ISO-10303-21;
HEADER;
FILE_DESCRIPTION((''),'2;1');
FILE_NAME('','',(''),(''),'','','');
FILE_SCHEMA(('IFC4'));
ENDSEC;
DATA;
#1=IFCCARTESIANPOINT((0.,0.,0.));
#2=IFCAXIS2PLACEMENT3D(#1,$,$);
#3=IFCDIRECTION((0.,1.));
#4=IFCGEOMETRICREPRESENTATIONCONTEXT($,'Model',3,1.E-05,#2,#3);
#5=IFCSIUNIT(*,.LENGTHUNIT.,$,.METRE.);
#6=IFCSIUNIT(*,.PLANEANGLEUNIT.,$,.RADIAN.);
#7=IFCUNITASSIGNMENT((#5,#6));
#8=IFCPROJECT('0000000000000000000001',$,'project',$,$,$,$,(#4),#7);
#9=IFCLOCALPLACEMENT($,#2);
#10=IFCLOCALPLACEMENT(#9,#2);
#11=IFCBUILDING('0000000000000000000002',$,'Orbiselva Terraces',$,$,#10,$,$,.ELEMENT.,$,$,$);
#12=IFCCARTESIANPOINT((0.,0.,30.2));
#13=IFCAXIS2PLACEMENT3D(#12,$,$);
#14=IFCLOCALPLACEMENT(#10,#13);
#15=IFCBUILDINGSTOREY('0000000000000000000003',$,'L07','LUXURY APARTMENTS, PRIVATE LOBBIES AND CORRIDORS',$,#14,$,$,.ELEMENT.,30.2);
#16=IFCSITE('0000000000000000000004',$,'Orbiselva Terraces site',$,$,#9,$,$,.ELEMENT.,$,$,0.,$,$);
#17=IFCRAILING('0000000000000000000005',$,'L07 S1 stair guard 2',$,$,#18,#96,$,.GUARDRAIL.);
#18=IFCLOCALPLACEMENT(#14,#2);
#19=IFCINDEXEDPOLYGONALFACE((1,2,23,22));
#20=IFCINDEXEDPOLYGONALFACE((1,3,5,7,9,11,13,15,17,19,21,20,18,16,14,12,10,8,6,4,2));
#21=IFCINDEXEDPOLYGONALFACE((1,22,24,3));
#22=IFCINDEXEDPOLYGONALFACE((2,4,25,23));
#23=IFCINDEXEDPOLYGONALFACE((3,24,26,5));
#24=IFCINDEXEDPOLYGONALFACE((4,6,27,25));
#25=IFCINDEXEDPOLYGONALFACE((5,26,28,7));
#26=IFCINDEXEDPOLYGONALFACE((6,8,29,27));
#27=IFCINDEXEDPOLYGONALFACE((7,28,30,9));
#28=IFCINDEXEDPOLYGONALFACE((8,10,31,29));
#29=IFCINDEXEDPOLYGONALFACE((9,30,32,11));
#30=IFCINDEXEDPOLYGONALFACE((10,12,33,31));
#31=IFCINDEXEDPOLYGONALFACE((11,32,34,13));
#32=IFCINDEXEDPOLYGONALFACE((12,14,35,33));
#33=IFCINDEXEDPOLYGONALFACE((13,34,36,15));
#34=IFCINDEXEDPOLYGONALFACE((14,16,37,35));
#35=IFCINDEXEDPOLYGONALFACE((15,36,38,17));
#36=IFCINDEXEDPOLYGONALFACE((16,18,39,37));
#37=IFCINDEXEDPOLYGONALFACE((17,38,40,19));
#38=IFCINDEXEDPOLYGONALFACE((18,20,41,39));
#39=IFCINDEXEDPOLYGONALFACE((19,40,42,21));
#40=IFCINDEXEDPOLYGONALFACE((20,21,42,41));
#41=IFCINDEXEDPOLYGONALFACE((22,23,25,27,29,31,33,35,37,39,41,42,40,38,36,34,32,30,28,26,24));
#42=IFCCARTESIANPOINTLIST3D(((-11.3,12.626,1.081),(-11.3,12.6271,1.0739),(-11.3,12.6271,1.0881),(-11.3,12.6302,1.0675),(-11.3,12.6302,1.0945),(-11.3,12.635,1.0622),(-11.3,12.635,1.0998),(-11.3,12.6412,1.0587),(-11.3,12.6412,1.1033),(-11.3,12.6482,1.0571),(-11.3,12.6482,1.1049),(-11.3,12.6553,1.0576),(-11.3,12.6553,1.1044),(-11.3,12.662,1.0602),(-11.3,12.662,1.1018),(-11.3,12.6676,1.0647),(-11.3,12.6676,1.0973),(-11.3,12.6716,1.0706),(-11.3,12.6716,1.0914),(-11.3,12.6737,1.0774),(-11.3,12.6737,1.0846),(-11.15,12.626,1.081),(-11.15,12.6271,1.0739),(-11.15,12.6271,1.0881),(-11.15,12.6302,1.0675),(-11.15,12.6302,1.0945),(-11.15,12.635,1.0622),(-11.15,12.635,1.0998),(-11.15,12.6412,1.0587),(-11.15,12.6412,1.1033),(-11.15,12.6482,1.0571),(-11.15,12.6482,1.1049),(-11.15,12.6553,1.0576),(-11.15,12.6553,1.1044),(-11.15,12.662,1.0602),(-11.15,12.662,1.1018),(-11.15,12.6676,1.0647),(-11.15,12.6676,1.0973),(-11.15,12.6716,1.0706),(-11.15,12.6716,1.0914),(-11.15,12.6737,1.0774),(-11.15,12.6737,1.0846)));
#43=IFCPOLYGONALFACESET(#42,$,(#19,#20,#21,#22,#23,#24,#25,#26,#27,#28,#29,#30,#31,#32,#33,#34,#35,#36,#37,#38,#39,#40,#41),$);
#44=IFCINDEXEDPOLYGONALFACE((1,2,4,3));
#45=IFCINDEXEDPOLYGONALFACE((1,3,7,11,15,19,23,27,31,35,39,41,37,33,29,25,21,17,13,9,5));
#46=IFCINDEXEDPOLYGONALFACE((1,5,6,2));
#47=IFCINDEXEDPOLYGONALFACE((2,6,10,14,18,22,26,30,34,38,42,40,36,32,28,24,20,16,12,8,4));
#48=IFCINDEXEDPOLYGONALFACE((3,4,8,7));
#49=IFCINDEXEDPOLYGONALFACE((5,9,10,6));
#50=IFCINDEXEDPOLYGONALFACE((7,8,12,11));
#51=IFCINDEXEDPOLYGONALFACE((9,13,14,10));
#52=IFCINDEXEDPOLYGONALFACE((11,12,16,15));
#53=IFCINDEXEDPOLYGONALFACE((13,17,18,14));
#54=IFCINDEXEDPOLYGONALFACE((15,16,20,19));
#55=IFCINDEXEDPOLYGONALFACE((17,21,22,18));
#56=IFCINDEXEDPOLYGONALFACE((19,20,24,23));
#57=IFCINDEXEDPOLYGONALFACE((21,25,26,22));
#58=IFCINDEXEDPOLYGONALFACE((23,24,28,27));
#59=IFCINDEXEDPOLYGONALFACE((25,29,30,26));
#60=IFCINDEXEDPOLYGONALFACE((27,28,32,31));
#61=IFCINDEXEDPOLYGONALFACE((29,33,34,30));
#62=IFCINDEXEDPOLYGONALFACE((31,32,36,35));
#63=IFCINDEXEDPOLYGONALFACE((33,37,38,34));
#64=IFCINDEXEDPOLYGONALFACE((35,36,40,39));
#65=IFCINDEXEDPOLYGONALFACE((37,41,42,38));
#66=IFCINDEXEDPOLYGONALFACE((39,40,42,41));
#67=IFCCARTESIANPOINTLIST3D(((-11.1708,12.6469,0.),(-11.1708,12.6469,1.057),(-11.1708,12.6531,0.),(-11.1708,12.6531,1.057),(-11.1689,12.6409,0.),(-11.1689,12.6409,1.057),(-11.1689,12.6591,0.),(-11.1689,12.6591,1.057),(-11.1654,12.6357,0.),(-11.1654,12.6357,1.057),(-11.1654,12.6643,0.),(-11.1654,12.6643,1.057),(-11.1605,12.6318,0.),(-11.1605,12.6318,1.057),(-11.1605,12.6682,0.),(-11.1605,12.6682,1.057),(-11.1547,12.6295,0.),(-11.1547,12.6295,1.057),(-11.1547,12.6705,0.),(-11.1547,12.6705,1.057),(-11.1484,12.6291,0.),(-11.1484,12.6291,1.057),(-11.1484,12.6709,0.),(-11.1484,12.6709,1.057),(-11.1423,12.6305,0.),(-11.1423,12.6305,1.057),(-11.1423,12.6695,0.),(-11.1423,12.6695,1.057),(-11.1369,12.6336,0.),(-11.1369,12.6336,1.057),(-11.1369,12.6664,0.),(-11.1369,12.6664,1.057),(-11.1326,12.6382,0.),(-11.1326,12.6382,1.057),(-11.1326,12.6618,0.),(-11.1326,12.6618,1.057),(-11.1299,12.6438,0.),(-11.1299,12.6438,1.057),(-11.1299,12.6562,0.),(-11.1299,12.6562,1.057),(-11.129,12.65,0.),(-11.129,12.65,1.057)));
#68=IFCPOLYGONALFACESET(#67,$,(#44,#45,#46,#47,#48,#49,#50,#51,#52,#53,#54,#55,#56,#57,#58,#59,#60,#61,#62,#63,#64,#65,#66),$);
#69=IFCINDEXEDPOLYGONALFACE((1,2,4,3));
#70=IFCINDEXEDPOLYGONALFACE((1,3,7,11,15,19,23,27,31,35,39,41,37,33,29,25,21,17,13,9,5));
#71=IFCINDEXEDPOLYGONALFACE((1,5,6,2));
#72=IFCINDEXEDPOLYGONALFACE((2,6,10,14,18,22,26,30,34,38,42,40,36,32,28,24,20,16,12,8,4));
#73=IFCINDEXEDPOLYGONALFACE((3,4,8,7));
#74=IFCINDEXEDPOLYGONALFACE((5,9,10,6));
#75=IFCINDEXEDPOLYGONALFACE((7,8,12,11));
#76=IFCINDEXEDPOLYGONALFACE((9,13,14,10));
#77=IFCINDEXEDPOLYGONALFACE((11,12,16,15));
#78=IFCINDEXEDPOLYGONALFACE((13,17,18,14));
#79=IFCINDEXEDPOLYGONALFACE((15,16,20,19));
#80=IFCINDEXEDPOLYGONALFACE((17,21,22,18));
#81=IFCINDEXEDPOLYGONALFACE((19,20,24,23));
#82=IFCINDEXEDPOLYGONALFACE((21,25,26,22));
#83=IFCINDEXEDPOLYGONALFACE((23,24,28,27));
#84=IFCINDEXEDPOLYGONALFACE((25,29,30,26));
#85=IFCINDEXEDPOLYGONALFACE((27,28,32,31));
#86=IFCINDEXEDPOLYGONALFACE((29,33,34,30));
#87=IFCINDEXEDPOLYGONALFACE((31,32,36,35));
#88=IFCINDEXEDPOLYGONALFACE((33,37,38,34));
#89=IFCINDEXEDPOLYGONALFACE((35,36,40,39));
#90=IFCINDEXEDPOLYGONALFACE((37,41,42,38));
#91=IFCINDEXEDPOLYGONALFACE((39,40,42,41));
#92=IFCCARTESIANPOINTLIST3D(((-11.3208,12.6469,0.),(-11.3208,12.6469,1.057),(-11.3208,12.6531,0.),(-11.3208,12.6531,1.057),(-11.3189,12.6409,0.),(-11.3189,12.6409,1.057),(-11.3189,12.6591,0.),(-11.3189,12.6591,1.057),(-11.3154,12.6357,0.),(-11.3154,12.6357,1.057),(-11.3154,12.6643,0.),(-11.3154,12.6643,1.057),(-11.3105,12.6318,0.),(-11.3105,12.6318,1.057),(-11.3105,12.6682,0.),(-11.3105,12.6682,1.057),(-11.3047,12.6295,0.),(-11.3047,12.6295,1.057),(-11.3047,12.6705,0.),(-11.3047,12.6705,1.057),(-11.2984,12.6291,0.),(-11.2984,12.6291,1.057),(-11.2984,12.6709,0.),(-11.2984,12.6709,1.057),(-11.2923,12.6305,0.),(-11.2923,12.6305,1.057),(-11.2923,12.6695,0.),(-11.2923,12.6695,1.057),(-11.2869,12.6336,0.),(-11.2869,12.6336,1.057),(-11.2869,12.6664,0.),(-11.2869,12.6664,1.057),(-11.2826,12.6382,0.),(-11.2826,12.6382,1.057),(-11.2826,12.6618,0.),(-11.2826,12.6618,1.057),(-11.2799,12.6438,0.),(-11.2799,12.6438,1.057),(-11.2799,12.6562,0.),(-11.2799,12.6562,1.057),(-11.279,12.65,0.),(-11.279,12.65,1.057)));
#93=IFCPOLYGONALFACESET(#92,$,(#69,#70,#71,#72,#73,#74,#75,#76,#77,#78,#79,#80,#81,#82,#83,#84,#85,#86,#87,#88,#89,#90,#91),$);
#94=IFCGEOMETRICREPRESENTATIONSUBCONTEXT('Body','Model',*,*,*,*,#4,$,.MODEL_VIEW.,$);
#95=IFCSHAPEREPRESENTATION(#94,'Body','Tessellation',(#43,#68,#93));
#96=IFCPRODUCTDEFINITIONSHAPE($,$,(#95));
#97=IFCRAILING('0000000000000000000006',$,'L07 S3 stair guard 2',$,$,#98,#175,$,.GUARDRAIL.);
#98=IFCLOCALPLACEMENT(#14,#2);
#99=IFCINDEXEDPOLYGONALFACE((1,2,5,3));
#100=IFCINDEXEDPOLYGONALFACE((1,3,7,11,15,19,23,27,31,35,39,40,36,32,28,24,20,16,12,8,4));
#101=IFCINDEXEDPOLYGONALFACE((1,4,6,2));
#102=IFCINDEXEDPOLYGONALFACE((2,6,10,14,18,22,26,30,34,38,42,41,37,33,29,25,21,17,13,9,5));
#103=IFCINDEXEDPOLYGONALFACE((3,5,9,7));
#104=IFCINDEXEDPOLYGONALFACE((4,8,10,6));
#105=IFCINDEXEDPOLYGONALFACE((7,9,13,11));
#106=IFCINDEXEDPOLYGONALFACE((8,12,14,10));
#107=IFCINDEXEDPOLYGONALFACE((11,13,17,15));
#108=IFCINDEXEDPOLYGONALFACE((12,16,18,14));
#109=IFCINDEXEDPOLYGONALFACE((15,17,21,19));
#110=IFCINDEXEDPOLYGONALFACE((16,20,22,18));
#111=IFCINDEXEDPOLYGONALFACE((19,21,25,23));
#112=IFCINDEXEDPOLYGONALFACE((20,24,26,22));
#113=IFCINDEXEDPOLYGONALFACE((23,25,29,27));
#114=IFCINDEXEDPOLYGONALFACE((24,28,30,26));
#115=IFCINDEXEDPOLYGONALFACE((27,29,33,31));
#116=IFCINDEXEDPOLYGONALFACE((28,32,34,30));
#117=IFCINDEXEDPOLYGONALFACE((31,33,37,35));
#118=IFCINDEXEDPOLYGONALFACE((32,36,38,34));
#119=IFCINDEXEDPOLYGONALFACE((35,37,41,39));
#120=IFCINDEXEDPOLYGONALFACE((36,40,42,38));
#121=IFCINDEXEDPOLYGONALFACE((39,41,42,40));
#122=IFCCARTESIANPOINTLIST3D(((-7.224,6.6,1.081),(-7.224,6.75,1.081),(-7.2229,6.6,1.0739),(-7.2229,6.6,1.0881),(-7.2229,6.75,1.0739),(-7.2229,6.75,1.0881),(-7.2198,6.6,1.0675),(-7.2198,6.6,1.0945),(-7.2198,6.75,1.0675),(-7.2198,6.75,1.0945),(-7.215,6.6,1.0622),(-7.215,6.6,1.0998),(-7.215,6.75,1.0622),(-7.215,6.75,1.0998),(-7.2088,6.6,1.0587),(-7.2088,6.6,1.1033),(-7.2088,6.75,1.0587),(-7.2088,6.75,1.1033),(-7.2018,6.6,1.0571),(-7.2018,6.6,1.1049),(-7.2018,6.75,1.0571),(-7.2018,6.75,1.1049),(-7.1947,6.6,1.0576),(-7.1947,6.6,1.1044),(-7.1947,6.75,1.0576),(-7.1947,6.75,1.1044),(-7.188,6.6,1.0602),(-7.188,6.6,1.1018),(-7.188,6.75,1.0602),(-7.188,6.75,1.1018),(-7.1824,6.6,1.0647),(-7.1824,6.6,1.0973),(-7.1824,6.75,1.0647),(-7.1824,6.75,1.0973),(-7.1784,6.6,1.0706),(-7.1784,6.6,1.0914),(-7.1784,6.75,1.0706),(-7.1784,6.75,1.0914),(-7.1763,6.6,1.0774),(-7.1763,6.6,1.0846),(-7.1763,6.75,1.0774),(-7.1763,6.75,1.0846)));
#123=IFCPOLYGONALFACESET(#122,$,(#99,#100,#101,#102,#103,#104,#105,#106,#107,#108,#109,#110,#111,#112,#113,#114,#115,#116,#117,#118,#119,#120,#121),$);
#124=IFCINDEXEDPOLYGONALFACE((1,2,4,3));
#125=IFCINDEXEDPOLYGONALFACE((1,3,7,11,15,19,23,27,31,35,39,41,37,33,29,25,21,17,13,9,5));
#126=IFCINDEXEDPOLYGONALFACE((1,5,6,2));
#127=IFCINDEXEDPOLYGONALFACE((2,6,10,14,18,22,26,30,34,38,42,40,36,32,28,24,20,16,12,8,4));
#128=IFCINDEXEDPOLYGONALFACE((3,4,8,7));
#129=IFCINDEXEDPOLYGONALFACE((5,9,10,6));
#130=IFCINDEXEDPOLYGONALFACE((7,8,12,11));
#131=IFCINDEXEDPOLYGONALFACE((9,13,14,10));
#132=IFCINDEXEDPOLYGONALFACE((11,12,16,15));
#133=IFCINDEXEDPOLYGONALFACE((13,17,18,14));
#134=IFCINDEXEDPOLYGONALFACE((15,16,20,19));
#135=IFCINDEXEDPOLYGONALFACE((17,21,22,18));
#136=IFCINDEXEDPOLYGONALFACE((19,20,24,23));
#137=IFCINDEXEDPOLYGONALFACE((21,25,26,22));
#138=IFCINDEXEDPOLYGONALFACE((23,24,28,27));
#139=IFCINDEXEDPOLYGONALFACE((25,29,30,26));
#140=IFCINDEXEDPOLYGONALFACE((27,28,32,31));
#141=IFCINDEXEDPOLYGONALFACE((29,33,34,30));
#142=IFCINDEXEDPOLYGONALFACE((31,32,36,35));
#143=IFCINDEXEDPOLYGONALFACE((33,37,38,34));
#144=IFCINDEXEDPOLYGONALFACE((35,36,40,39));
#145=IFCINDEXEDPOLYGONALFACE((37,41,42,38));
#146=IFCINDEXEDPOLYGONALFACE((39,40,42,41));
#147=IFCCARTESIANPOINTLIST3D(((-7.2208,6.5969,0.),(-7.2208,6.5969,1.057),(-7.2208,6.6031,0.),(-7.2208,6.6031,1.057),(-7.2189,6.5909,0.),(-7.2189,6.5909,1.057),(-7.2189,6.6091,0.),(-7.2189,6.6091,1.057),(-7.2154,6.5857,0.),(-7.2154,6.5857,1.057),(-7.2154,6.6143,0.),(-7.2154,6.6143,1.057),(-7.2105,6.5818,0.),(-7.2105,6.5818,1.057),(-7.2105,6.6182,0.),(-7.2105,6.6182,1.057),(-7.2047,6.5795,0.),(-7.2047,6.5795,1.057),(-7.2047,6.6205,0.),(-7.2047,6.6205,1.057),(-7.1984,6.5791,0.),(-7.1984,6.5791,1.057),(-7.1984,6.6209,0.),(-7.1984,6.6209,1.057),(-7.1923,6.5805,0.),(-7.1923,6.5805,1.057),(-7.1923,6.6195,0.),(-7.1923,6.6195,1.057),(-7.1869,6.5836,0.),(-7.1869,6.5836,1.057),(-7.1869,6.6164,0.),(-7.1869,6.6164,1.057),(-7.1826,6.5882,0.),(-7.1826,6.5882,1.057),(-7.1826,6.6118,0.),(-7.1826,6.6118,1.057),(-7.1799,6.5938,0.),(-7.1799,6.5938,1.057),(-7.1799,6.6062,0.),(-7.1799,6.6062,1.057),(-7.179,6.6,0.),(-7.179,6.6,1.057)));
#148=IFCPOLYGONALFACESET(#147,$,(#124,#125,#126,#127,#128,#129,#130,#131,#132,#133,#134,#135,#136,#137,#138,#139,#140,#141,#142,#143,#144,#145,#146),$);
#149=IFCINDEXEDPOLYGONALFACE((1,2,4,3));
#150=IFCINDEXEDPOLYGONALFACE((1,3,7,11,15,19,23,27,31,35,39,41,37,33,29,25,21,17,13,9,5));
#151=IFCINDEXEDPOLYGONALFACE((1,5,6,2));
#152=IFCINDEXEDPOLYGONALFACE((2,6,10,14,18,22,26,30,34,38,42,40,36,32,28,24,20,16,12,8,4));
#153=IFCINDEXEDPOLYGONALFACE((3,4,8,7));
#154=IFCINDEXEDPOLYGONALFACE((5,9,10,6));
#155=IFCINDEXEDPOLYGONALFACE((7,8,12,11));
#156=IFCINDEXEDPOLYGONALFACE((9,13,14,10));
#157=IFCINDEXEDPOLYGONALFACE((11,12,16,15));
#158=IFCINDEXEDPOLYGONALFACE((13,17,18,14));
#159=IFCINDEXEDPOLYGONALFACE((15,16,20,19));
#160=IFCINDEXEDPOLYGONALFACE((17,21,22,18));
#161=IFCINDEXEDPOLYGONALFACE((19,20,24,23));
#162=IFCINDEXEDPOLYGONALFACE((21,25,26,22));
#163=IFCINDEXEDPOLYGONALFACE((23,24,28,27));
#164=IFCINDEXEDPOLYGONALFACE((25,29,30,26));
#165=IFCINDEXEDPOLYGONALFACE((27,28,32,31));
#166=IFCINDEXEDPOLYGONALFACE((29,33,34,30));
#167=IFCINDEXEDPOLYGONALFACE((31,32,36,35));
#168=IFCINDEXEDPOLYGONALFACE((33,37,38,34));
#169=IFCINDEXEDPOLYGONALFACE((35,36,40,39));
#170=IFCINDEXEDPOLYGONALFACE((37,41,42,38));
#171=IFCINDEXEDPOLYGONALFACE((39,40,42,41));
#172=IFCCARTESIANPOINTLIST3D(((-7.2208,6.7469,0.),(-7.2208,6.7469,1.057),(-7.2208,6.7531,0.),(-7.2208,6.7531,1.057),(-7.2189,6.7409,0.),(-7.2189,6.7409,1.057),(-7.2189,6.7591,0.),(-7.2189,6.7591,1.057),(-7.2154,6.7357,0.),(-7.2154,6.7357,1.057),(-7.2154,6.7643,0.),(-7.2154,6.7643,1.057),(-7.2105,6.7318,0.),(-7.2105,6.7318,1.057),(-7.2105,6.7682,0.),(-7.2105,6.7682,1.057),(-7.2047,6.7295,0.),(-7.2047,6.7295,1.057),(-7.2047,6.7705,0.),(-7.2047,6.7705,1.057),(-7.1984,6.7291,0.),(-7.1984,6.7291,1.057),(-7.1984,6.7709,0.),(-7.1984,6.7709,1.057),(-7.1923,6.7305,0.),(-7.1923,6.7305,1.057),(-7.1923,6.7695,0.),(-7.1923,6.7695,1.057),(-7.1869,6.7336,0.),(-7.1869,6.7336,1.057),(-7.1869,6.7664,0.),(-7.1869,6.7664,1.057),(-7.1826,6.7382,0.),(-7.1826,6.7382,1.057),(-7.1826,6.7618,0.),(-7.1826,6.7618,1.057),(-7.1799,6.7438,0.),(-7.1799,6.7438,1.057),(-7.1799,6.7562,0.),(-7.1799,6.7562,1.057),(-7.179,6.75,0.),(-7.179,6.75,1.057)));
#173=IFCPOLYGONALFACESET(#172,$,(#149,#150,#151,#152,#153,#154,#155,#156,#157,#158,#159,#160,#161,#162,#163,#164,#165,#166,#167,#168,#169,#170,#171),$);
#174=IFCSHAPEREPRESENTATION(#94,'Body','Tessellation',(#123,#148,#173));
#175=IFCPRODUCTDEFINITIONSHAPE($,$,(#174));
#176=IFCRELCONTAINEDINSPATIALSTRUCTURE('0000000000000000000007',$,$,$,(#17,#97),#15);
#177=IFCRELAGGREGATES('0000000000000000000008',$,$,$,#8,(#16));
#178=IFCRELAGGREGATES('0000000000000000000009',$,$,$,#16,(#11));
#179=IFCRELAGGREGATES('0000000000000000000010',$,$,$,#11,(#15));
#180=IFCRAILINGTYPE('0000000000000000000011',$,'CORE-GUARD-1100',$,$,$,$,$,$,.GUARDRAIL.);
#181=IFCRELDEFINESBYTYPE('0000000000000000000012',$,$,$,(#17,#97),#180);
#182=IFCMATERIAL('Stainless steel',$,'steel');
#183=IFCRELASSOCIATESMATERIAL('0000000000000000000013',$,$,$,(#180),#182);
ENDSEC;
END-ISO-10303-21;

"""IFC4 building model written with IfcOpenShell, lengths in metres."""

from ifc_helpers import new_model, si_unit, direction, frame, origin, origin_2d, place, context, subcontext, project, spatial, circle, extrude, material, type_object, element, save


model = new_model("IFC4")

# Units and contexts
model_context = context("Model", 3, precision=1e-05, world=origin(), true_north=direction((0.0, 1.0)))
body_context = subcontext(model_context, "Body", "Model", "MODEL_VIEW")
ifc_project = project(units=[si_unit("LENGTHUNIT", "METRE"), si_unit("PLANEANGLEUNIT", "RADIAN")], contexts=[model_context])

# Site, building, storey
site_placement = place(None, origin())
site = spatial("IfcSite", under=ifc_project, at=site_placement, Name="Orbiselva Terraces site", CompositionType="ELEMENT", RefElevation=0.0)
building_placement = place(site_placement, origin())
building = spatial("IfcBuilding", under=site, at=building_placement, Name="Orbiselva Terraces", CompositionType="ELEMENT")
storey_placement = place(building_placement, frame((0.0, 0.0, 30.2)))
storey = spatial("IfcBuildingStorey", under=building, at=storey_placement, Name="L07", Description="LUXURY APARTMENTS, PRIVATE LOBBIES AND CORRIDORS", CompositionType="ELEMENT", Elevation=30.2)

# Railings
ifc_material_1 = material(Name="Stainless steel", Category="steel")
railing_type_1 = type_object("IfcRailingType", Name="CORE-GUARD-1100", PredefinedType="GUARDRAIL", material=ifc_material_1)
railing_1_placement = place(storey_placement, frame((-11.15, 12.65, 0.0)))
element("IfcRailing", 1, at=railing_1_placement, inside=storey, type_object=railing_type_1, Name="L07 S1 stair guard 2", PredefinedType="GUARDRAIL", context=body_context, shape_type="SweptSolid", body=[
    extrude(circle(Radius=0.024, at=origin_2d()), frame((0.0, 0.0, 1.081), z_axis=(-1.0, 0.0, 0.0), x_axis=(0.0, -1.0, 0.0)), (0.0, 0.0, 1.0), 0.15),
    extrude(circle(Radius=0.021, at=origin_2d()), origin(), (0.0, 0.0, 1.0), 1.057),
    extrude(circle(Radius=0.021, at=origin_2d()), frame((-0.15, 0.0, 0.0)), (0.0, 0.0, 1.0), 1.057),
])
railing_2_placement = place(storey_placement, frame((-7.2, 6.6, 0.0)))
element("IfcRailing", 2, at=railing_2_placement, inside=storey, type_object=railing_type_1, Name="L07 S3 stair guard 2", PredefinedType="GUARDRAIL", context=body_context, shape_type="SweptSolid", body=[
    extrude(circle(Radius=0.024, at=origin_2d()), frame((0.0, 0.0, 1.081), z_axis=(0.0, 1.0, 0.0), x_axis=(-1.0, 0.0, 0.0)), (0.0, 0.0, 1.0), 0.15),
    extrude(circle(Radius=0.021, at=origin_2d()), origin(), (0.0, 0.0, 1.0), 1.057),
    extrude(circle(Radius=0.021, at=origin_2d()), frame((0.0, 0.15, 0.0)), (0.0, 0.0, 1.0), 1.057),
])

save(model, "model.ifc")
